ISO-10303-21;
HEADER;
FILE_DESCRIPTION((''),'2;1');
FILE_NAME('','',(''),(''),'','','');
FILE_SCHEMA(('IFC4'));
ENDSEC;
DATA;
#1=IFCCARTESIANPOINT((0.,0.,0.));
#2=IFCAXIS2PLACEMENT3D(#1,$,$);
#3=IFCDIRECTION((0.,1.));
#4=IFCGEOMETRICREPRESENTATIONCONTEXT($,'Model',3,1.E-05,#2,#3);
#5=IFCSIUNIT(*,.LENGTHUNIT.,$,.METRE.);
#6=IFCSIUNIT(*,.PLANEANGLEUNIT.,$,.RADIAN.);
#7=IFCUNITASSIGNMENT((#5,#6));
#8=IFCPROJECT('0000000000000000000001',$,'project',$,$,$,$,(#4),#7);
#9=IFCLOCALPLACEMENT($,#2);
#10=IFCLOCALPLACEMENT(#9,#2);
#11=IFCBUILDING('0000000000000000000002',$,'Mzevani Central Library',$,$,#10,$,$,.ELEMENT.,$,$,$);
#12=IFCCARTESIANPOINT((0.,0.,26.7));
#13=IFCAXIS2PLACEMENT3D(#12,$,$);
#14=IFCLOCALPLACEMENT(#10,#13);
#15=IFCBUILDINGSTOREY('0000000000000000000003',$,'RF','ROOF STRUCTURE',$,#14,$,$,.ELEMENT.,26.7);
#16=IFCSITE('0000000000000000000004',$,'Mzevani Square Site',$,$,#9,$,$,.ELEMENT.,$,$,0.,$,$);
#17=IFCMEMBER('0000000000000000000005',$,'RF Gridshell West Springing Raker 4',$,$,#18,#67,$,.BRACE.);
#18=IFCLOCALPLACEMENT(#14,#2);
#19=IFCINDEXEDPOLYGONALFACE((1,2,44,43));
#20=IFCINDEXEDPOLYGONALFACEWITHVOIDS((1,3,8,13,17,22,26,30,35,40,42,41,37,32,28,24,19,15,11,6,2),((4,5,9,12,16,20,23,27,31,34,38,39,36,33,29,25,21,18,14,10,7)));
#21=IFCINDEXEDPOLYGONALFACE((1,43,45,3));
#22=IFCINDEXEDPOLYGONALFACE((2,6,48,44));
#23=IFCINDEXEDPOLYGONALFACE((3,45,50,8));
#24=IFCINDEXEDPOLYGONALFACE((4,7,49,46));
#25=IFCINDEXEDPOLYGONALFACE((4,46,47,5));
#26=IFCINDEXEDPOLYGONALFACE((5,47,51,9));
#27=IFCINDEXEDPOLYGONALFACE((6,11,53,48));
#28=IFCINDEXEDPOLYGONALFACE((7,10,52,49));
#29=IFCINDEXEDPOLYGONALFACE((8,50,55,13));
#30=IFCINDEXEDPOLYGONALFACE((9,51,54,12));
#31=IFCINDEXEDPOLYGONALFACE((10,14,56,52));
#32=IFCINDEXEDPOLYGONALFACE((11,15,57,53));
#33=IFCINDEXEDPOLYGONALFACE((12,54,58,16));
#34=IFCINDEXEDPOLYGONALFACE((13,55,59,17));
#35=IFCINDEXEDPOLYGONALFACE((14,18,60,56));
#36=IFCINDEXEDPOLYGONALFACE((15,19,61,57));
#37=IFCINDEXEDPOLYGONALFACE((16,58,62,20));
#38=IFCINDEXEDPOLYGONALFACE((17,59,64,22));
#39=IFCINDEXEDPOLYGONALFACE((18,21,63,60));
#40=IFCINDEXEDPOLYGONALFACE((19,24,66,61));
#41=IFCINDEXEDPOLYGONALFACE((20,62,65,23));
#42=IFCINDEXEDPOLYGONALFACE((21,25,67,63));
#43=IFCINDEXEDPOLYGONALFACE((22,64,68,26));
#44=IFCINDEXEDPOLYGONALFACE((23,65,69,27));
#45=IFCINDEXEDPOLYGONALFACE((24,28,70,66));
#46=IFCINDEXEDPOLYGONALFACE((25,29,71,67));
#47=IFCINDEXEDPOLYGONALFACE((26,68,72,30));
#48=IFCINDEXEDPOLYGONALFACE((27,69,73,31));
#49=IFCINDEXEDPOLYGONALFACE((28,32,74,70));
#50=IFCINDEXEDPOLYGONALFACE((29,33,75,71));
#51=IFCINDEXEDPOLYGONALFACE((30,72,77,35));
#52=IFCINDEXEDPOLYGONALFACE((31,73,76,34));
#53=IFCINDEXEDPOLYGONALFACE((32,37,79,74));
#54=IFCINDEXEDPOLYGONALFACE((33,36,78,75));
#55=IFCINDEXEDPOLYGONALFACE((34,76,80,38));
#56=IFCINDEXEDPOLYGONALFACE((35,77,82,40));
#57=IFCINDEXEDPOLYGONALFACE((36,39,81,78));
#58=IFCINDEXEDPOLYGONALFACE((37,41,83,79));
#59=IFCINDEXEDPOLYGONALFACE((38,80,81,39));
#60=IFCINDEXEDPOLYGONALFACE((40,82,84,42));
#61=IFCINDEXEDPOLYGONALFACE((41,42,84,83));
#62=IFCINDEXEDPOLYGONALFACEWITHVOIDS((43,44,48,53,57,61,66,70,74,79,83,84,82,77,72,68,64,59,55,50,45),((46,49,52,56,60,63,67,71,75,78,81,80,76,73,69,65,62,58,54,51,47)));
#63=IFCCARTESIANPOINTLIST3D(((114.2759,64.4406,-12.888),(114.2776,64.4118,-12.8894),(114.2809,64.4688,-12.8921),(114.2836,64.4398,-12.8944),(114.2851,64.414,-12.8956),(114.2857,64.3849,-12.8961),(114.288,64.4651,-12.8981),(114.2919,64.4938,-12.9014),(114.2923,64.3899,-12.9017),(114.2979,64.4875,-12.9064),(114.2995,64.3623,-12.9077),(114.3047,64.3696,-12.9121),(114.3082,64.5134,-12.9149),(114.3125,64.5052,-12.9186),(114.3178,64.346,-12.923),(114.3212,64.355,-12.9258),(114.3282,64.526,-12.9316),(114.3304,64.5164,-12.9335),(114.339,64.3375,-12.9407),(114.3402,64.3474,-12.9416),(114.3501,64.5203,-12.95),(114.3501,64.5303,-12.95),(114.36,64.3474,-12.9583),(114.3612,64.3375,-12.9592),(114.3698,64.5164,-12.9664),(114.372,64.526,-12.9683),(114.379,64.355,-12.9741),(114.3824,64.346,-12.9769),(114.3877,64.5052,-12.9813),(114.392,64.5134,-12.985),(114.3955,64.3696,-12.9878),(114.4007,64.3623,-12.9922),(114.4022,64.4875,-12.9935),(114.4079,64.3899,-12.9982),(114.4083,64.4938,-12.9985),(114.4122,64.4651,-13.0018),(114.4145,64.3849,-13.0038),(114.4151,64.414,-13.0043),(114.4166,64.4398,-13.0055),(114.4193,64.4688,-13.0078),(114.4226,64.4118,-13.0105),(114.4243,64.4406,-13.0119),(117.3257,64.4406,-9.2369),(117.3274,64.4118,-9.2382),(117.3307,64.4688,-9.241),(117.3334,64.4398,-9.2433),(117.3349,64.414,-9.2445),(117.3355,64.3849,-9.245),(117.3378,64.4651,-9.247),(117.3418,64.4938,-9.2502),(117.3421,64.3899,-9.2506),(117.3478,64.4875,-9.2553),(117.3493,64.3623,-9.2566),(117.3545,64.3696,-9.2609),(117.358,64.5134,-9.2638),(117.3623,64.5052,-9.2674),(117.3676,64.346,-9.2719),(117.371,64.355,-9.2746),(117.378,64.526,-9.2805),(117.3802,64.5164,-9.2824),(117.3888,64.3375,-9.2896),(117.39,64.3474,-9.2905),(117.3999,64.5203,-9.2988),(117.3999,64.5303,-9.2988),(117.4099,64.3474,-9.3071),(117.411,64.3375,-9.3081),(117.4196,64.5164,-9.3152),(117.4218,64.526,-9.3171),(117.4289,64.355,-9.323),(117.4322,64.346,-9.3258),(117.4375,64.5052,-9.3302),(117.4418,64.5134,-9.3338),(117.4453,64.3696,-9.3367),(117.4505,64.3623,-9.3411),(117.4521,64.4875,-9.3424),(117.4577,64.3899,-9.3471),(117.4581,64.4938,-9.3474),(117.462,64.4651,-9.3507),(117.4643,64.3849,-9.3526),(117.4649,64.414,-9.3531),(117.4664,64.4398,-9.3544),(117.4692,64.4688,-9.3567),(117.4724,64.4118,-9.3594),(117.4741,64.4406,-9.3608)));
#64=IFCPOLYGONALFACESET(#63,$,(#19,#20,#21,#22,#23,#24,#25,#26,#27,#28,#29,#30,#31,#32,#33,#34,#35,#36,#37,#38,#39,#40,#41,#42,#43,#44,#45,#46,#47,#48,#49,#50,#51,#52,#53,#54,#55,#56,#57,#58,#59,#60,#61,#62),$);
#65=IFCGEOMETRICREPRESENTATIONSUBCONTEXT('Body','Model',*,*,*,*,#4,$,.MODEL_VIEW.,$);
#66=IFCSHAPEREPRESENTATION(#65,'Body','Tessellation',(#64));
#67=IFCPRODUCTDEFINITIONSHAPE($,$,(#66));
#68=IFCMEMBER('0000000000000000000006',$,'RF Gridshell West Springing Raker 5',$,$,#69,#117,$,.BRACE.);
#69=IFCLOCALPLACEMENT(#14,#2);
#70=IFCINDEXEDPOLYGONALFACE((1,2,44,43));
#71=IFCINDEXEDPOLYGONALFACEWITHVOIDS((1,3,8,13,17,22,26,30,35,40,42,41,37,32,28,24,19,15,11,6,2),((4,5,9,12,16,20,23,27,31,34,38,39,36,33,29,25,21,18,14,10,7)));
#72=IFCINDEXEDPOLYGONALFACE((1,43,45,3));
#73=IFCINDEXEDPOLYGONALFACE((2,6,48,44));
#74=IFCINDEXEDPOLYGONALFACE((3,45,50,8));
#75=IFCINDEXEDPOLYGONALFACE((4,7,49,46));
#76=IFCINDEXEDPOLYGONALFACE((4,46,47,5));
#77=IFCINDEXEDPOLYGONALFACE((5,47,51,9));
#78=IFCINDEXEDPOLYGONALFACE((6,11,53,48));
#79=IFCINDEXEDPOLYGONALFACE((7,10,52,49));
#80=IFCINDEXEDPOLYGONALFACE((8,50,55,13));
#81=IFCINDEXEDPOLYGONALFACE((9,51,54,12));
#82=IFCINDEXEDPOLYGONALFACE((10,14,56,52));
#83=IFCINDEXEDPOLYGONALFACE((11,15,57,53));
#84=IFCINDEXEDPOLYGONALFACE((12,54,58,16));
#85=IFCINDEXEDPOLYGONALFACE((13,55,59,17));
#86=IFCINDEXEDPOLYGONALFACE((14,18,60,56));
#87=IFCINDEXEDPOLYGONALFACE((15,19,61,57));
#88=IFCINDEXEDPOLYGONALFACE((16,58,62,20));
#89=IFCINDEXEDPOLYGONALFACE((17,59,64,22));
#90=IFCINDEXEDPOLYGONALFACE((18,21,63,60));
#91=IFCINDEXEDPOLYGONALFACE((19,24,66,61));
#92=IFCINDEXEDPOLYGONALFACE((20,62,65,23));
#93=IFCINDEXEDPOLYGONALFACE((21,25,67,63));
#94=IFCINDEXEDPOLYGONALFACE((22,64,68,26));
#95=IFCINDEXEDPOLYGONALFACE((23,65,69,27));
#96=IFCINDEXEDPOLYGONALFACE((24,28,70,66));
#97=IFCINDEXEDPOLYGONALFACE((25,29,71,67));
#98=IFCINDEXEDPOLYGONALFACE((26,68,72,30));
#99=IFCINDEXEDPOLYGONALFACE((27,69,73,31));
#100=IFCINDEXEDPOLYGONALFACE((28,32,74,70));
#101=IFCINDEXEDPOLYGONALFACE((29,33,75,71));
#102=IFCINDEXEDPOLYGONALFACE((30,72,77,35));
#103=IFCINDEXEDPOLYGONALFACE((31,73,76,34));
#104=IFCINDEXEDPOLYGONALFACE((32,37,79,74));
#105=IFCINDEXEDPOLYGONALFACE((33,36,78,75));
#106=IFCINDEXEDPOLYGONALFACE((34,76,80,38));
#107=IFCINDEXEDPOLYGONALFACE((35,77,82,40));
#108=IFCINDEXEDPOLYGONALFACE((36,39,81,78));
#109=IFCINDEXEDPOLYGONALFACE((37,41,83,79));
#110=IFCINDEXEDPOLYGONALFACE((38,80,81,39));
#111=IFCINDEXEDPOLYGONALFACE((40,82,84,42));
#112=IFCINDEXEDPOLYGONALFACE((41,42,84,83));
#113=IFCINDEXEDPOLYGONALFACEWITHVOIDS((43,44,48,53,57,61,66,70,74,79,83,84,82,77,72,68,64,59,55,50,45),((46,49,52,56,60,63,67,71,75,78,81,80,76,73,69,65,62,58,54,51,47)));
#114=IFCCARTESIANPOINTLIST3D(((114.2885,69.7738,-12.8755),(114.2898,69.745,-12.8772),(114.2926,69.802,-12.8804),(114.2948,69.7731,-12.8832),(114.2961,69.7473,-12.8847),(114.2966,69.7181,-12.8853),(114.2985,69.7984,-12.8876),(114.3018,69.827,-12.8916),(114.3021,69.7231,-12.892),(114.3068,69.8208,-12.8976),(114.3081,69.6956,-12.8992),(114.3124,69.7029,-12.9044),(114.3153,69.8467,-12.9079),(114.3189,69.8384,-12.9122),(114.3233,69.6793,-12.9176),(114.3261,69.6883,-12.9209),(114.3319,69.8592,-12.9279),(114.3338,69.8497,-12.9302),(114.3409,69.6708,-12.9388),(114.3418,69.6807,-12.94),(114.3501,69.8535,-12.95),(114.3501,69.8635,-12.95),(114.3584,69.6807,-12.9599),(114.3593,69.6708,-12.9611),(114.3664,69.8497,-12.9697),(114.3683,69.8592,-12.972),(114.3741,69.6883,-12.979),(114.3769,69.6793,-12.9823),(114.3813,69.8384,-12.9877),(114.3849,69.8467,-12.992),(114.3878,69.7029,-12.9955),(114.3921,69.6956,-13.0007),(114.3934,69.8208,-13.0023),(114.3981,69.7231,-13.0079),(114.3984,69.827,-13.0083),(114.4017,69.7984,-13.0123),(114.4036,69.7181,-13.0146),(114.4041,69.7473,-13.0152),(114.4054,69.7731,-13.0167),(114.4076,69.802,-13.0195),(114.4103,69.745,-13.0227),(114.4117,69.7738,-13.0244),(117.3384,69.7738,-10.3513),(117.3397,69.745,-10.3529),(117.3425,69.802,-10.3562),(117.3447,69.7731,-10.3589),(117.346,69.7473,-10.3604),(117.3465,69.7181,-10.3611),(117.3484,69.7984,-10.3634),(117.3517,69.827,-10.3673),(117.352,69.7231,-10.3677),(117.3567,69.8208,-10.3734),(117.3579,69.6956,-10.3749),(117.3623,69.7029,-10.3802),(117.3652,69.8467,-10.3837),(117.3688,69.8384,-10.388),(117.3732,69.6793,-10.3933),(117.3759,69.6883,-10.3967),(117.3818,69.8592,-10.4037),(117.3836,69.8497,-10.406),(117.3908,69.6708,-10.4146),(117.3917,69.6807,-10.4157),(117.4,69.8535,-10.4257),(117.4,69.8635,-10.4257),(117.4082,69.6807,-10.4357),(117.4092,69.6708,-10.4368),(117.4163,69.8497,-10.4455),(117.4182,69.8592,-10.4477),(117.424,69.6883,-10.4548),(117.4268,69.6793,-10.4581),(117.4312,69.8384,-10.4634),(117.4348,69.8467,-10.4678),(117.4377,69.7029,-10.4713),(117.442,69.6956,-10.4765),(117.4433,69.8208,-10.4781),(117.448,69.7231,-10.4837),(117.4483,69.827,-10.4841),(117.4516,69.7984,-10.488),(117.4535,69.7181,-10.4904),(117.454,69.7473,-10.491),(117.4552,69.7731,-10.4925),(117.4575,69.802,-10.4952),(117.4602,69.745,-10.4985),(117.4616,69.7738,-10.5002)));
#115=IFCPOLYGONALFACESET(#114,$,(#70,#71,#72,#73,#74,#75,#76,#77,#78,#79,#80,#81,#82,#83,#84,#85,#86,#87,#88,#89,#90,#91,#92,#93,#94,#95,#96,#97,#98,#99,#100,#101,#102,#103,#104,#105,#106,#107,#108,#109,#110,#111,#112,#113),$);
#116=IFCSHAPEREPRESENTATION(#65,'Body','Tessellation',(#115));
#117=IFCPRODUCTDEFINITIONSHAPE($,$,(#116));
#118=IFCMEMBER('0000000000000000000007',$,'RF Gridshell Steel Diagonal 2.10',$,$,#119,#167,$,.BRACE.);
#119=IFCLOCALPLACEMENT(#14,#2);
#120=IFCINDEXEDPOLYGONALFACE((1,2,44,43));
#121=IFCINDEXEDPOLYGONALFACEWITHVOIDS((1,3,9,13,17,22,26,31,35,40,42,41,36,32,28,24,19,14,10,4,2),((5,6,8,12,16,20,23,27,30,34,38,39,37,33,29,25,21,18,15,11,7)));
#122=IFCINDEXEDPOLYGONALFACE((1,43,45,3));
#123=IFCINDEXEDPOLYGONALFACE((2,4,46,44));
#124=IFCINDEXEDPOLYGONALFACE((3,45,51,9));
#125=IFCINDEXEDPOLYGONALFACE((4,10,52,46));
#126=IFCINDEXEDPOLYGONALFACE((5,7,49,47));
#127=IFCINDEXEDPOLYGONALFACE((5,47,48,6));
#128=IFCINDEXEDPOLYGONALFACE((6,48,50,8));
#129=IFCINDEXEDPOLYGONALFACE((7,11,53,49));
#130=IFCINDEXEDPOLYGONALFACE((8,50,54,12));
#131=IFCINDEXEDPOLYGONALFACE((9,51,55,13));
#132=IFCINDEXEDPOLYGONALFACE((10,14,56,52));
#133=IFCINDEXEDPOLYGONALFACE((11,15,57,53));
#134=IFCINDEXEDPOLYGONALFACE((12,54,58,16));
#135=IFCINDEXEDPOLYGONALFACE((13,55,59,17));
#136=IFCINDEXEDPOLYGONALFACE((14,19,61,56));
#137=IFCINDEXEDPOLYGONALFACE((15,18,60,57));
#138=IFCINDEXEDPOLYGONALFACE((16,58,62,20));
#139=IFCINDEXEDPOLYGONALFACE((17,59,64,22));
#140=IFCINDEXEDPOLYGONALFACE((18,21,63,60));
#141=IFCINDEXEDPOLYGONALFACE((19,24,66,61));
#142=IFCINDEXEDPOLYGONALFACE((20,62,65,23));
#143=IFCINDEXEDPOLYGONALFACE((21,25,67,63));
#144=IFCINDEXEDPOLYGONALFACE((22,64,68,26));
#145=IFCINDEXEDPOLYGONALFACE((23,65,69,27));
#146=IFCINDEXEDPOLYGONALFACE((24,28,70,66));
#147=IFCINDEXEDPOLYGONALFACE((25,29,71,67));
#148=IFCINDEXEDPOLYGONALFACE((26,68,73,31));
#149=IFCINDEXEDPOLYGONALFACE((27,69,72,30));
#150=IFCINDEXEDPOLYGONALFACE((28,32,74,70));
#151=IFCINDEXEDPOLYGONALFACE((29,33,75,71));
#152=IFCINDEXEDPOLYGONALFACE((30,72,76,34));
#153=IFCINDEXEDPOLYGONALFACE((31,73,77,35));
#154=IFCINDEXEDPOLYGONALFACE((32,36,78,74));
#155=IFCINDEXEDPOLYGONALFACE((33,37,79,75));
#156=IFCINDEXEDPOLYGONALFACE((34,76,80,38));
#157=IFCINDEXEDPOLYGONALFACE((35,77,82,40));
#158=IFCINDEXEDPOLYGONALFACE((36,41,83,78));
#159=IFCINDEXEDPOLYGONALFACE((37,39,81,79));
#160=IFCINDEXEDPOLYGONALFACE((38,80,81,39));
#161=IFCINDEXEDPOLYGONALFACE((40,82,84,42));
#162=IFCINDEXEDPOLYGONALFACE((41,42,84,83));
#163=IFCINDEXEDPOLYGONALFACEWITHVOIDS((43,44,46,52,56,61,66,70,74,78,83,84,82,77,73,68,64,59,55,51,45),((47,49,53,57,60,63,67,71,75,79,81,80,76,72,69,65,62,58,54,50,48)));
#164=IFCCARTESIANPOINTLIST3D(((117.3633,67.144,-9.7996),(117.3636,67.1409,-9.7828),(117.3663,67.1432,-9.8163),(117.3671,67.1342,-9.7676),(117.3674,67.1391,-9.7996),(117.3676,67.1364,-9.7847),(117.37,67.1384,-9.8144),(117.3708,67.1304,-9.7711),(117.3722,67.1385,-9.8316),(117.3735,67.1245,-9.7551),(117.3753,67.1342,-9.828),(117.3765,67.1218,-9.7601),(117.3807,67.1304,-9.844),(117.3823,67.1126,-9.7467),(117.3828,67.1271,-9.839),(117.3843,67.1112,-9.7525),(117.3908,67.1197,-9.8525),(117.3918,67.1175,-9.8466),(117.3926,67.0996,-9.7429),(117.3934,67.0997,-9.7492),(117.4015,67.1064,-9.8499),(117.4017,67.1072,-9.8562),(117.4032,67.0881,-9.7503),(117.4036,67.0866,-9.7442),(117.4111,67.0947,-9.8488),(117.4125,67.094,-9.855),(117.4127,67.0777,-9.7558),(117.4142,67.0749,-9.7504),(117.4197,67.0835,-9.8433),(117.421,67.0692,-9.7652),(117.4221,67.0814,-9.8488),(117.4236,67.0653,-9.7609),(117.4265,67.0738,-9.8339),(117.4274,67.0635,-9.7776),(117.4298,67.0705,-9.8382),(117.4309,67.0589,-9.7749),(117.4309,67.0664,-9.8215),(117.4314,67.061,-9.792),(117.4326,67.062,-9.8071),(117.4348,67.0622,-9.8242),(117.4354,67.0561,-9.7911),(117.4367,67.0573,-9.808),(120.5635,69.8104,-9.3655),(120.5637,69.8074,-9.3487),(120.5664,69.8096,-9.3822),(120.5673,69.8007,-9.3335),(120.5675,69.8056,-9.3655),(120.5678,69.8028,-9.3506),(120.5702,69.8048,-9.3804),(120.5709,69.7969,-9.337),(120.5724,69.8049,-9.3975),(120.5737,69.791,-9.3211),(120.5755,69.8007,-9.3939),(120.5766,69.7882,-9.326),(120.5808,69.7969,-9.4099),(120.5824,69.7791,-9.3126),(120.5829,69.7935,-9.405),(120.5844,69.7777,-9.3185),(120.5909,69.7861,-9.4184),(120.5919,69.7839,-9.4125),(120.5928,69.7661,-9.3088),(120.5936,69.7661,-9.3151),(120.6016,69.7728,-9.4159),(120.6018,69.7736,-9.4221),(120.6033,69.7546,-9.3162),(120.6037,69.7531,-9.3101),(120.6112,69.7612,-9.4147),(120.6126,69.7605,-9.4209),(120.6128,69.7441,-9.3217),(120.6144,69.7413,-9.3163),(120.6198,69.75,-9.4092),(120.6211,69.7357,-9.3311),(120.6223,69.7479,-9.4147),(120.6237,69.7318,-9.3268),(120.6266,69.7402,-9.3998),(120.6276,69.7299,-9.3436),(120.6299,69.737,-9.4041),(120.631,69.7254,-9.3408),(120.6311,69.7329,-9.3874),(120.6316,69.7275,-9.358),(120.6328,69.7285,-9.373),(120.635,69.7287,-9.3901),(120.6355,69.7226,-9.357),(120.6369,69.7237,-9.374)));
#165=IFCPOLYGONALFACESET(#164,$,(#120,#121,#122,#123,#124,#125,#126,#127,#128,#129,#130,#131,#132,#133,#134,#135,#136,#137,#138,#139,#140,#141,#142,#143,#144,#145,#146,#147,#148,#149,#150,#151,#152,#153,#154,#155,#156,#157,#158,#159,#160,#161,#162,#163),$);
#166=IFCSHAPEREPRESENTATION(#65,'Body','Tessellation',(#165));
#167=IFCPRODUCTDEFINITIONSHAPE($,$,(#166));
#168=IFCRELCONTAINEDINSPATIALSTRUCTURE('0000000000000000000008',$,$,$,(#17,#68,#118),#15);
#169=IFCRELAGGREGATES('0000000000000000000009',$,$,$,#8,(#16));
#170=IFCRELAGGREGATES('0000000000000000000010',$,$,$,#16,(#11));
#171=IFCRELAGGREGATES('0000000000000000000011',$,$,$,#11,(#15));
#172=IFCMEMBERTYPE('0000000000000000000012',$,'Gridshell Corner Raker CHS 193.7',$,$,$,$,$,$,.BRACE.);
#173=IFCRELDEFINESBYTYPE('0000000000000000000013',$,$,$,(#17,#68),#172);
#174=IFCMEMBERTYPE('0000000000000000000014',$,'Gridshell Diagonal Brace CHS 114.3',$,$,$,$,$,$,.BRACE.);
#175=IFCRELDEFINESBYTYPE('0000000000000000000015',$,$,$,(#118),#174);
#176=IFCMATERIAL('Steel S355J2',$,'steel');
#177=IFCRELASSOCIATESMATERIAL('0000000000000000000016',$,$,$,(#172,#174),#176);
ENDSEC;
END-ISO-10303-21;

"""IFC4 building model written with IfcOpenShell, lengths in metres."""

from ifc_helpers import new_model, si_unit, direction, frame, origin, origin_2d, place, context, subcontext, project, spatial, hollow_circle, extrude, material, material_profile, profile_set, type_object, element, save


model = new_model("IFC4")

# Units and contexts
model_context = context("Model", 3, precision=1e-05, world=origin(), true_north=direction((0.0, 1.0)))
body_context = subcontext(model_context, "Body", "Model", "MODEL_VIEW")
ifc_project = project(units=[si_unit("LENGTHUNIT", "METRE"), si_unit("PLANEANGLEUNIT", "RADIAN")], contexts=[model_context])

# Site, building, storey
site_placement = place(None, origin())
site = spatial("IfcSite", under=ifc_project, at=site_placement, Name="Mzevani Square Site", CompositionType="ELEMENT", RefElevation=0.0)
building_placement = place(site_placement, origin())
building = spatial("IfcBuilding", under=site, at=building_placement, Name="Mzevani Central Library", CompositionType="ELEMENT")
storey_placement = place(building_placement, frame((0.0, 0.0, 26.7)))
storey = spatial("IfcBuildingStorey", under=building, at=storey_placement, Name="RF", Description="ROOF STRUCTURE", CompositionType="ELEMENT", Elevation=26.7)

# Members
ifc_material_1 = material(Name="Steel S355J2", Category="steel")
ifc_material_profile_1 = material_profile(ifc_material_1, hollow_circle(Radius=0.0969, WallThickness=0.01, at=origin_2d()), Name="CHS 193.7x10.0")
ifc_profile_set_1 = profile_set([ifc_material_profile_1], Name="Steel S355J2")
member_type_1 = type_object("IfcMemberType", Name="Gridshell Corner Raker CHS 193.7", PredefinedType="BRACE", material=ifc_profile_set_1)
member_1_placement = place(storey_placement, frame((114.3501, 64.4333, -12.95), z_axis=(0.641077, 0.0, 0.767476), x_axis=(0.0, 1.0, 0.0)))
element("IfcMember", 1, at=member_1_placement, inside=storey, type_object=member_type_1, Name="RF Gridshell West Springing Raker 4", PredefinedType="BRACE", context=body_context, shape_type="SweptSolid", body=[
    extrude(hollow_circle(Radius=0.0969, WallThickness=0.01, at=origin_2d()), origin(), (0.0, 0.0, 1.0), 4.7573),
])
member_2_placement = place(storey_placement, frame((114.3501, 69.7666, -12.95), z_axis=(0.77037, 0.0, 0.637597), x_axis=(0.0, 1.0, 0.0)))
element("IfcMember", 2, at=member_2_placement, inside=storey, type_object=member_type_1, Name="RF Gridshell West Springing Raker 5", PredefinedType="BRACE", context=body_context, shape_type="SweptSolid", body=[
    extrude(hollow_circle(Radius=0.0969, WallThickness=0.01, at=origin_2d()), origin(), (0.0, 0.0, 1.0), 3.959),
])
ifc_material_profile_2 = material_profile(ifc_material_1, hollow_circle(Radius=0.0571, WallThickness=0.0063, at=origin_2d()), Name="CHS 114.3x6.3")
ifc_profile_set_2 = profile_set([ifc_material_profile_2], Name="Steel S355J2")
member_type_2 = type_object("IfcMemberType", Name="Gridshell Diagonal Brace CHS 114.3", PredefinedType="BRACE", material=ifc_profile_set_2)
member_3_placement = place(storey_placement, frame((117.3999, 67.1001, -9.7996), z_axis=(0.764122, 0.636691, 0.103647), x_axis=(-0.640138, 0.76826, 0.0)))
element("IfcMember", 3, at=member_3_placement, inside=storey, type_object=member_type_2, Name="RF Gridshell Steel Diagonal 2.10", PredefinedType="BRACE", context=body_context, shape_type="SweptSolid", body=[
    extrude(hollow_circle(Radius=0.0571, WallThickness=0.0063, at=origin_2d()), origin(), (0.0, 0.0, 1.0), 4.188),
])

save(model, "model.ifc")
